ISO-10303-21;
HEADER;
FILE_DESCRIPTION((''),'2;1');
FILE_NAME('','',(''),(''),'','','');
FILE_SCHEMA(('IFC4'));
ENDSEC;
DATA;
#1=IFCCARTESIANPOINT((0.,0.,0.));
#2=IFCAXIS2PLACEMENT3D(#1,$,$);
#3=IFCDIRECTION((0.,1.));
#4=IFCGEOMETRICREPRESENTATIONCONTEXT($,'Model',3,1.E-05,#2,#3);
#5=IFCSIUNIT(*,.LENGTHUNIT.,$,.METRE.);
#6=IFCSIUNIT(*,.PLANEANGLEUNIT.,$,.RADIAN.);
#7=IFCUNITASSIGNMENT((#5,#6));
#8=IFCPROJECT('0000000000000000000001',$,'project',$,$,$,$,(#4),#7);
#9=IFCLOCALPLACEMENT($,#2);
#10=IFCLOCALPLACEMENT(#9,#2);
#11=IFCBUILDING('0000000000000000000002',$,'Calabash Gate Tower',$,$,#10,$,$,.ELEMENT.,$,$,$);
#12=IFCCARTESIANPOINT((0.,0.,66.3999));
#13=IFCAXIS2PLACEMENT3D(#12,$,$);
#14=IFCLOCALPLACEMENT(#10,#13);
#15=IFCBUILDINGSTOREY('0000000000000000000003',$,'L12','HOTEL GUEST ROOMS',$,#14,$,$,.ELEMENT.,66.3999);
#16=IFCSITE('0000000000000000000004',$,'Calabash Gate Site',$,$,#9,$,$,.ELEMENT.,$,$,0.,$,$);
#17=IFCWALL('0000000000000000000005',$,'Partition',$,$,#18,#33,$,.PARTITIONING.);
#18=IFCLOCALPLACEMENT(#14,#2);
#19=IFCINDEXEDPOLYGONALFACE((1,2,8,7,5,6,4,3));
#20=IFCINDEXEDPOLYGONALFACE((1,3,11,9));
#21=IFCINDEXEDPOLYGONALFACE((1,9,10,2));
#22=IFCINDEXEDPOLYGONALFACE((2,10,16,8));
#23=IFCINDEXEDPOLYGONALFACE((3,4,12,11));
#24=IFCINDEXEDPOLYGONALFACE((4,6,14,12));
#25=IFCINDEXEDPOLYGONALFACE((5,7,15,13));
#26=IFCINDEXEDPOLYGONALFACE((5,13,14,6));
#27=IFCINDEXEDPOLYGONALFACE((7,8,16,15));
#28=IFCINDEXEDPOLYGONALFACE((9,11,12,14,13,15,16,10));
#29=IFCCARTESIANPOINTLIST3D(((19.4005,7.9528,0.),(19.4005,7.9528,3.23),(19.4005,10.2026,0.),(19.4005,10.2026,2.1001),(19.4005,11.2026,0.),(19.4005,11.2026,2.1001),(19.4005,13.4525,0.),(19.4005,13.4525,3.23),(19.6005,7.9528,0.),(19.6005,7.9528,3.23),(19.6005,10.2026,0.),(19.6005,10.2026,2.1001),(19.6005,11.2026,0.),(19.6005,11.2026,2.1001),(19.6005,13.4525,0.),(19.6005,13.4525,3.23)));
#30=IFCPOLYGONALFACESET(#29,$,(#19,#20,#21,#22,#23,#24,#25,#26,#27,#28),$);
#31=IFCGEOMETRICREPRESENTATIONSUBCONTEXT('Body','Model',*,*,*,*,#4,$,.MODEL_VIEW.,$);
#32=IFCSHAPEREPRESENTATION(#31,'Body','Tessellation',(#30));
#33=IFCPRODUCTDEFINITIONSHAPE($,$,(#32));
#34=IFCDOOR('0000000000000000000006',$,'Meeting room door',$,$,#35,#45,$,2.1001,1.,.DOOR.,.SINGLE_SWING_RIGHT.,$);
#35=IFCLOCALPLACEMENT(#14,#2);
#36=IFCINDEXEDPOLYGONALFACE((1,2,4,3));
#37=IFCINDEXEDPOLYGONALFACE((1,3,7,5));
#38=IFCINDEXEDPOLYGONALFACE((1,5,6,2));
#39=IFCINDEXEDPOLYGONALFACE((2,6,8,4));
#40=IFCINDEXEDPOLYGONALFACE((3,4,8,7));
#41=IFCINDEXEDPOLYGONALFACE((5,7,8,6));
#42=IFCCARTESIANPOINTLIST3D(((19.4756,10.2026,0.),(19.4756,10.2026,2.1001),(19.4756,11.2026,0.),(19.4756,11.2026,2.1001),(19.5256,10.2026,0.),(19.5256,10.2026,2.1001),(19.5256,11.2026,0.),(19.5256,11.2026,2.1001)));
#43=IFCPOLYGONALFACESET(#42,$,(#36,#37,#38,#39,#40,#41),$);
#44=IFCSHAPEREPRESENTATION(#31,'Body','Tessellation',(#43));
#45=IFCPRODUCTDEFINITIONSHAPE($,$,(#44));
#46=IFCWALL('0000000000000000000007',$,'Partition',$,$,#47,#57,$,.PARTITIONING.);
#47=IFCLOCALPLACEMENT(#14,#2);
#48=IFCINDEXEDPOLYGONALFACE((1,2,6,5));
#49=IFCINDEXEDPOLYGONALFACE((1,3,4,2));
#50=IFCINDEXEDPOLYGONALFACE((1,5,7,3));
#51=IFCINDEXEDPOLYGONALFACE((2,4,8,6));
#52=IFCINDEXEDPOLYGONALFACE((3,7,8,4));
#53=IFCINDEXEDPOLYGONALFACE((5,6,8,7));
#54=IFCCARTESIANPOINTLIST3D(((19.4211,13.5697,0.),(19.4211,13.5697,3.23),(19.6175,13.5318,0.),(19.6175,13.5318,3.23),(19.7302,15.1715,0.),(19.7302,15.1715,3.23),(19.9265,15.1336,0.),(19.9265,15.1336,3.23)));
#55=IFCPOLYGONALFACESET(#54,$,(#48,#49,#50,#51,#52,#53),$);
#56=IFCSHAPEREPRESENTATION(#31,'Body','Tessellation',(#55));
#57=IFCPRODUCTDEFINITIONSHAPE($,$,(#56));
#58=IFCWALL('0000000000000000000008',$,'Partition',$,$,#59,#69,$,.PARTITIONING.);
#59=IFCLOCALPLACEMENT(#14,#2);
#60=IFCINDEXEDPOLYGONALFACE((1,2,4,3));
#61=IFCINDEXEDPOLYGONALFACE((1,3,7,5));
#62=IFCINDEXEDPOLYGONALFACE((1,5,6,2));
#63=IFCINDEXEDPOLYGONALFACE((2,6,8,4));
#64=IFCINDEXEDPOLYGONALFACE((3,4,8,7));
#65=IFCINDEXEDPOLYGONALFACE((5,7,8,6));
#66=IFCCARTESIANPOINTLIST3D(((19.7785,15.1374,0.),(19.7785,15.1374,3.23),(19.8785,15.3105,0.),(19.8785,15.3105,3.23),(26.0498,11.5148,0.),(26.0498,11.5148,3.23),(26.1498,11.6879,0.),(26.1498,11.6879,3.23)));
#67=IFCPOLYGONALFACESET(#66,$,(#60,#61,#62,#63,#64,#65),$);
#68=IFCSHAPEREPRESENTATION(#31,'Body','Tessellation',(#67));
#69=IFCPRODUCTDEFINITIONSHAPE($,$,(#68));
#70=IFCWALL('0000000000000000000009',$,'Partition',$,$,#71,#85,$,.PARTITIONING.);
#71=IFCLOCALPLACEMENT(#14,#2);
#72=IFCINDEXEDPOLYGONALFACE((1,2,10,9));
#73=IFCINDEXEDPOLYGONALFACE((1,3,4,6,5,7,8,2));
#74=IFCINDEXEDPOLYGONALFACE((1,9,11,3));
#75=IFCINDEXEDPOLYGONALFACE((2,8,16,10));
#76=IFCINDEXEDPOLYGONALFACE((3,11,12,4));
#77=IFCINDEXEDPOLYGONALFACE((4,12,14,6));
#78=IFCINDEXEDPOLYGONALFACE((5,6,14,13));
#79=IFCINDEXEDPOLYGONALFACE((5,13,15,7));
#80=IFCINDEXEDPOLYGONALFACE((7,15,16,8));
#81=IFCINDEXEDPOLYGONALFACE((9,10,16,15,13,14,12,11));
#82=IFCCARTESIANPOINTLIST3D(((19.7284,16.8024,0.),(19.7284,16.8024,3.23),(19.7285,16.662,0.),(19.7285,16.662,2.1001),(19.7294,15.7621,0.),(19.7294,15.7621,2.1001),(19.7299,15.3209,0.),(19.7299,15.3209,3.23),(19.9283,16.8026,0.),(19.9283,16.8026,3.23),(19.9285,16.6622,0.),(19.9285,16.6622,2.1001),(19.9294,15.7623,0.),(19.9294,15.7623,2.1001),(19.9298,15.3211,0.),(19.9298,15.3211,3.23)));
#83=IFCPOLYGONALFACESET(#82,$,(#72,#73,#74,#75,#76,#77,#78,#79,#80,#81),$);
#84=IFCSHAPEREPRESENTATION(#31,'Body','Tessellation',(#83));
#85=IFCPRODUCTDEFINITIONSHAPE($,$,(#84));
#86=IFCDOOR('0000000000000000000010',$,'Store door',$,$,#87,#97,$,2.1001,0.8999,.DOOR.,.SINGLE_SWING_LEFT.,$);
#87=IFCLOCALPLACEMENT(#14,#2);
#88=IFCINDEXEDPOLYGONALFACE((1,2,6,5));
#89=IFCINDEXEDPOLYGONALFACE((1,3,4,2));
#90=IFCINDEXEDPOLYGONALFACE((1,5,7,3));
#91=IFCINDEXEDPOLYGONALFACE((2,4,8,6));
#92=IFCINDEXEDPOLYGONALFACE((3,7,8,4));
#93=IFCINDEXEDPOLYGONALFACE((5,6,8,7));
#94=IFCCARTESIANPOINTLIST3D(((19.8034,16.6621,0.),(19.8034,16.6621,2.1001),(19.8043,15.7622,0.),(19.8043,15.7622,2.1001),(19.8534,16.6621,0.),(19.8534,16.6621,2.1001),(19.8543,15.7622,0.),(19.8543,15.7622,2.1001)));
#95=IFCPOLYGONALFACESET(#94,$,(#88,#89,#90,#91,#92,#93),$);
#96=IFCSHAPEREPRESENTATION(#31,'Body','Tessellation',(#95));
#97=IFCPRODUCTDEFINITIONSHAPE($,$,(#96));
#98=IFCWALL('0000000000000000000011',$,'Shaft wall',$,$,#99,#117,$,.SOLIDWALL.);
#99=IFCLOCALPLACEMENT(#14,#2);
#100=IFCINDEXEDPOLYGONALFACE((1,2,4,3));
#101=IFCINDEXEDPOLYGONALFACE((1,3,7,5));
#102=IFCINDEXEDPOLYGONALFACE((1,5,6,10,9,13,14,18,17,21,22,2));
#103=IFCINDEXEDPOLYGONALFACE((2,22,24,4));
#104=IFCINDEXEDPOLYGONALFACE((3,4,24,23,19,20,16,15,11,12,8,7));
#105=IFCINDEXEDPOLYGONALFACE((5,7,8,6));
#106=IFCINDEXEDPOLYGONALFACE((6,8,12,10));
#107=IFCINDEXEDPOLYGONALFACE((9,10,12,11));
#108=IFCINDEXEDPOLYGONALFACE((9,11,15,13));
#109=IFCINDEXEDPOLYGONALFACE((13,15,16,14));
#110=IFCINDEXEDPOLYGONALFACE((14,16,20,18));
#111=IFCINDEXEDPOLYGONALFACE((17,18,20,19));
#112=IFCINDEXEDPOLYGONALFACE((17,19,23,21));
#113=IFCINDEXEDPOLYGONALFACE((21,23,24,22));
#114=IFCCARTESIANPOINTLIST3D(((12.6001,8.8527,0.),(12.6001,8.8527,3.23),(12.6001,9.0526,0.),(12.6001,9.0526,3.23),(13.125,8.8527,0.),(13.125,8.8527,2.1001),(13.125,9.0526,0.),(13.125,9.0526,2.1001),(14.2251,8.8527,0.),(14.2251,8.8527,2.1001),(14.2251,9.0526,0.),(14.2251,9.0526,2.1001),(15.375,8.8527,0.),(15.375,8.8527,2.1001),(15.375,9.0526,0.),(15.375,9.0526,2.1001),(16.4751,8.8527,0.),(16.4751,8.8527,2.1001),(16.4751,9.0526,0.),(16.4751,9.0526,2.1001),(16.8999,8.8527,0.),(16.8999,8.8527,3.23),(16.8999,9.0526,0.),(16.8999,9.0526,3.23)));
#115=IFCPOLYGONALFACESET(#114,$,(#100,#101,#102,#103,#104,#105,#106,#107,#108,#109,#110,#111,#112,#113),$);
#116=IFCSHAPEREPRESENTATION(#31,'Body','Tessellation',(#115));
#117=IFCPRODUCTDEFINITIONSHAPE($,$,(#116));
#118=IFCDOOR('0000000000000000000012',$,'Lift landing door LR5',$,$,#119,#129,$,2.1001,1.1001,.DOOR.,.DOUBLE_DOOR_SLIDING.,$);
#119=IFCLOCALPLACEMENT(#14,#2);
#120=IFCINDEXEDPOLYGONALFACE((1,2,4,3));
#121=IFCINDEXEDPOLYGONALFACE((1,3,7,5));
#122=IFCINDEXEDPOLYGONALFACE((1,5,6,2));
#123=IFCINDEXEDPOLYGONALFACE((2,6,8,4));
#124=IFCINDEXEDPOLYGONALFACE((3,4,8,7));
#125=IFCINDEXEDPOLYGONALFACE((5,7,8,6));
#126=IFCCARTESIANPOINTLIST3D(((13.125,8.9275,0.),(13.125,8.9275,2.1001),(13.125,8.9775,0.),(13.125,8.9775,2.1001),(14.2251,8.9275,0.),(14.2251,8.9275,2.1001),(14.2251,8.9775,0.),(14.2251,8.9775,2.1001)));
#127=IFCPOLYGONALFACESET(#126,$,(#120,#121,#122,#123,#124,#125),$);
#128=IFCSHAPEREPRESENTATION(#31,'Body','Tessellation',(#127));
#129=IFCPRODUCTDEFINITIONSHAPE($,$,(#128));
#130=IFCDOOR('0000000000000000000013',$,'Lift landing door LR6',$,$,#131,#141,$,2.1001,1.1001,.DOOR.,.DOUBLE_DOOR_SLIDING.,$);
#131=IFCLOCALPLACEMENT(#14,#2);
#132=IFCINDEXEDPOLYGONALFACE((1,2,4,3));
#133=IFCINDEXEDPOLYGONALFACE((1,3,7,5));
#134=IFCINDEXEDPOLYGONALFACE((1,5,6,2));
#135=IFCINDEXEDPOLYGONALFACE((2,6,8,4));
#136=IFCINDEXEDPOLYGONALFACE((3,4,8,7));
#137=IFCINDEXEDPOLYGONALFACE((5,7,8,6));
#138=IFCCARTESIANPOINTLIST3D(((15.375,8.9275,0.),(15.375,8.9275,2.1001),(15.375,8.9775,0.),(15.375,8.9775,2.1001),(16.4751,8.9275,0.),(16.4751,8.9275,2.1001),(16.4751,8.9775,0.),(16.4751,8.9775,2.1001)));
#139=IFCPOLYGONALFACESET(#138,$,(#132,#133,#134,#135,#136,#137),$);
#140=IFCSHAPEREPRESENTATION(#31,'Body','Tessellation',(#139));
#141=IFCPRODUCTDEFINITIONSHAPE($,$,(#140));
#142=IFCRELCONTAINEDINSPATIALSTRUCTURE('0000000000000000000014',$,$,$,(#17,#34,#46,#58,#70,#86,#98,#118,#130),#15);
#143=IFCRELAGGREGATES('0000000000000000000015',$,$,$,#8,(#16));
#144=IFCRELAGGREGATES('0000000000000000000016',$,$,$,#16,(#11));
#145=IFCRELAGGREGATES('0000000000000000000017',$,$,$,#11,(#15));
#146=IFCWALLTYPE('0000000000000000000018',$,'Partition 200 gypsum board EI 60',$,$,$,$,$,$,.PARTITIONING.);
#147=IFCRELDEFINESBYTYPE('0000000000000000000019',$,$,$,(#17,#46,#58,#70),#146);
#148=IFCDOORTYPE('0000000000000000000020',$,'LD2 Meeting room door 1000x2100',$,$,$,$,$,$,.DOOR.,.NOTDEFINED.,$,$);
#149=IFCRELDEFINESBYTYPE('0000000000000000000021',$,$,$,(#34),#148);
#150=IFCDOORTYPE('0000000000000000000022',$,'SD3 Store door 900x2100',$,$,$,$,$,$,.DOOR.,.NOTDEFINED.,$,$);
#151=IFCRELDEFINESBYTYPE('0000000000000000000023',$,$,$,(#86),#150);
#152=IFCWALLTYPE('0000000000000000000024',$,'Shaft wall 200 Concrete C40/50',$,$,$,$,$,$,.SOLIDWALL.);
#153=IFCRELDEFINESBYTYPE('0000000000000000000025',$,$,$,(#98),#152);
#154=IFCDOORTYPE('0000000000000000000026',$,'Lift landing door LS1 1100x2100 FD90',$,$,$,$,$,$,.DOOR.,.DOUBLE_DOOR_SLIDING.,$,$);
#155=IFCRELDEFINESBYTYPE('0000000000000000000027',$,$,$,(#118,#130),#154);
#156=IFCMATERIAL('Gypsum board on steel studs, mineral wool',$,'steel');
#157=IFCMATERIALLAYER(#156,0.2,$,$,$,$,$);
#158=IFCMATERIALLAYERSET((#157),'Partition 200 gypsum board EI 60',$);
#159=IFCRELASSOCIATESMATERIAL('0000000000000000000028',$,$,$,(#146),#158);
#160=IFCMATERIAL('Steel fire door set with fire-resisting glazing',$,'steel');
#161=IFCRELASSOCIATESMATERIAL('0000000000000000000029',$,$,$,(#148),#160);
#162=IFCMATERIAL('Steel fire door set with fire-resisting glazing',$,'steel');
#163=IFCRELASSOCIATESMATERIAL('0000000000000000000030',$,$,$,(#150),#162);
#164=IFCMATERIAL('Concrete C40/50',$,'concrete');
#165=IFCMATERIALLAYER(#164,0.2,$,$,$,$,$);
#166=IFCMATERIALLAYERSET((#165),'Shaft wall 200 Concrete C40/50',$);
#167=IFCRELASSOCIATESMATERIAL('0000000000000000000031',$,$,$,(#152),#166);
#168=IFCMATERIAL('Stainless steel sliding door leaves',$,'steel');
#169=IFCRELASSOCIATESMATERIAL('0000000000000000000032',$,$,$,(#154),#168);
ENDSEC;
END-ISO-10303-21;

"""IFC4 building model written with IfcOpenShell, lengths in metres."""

from ifc_helpers import new_model, si_unit, direction, frame, frame_2d, origin, place, context, subcontext, project, spatial, rectangle, extrude, material, layer, layer_set, type_object, element, fill, save


model = new_model("IFC4")

# Units and contexts
model_context = context("Model", 3, precision=1e-05, world=origin(), true_north=direction((0.0, 1.0)))
body_context = subcontext(model_context, "Body", "Model", "MODEL_VIEW")
ifc_project = project(units=[si_unit("LENGTHUNIT", "METRE"), si_unit("PLANEANGLEUNIT", "RADIAN")], contexts=[model_context])

# Site, building, storey
site_placement = place(None, origin())
site = spatial("IfcSite", under=ifc_project, at=site_placement, Name="Calabash Gate Site", CompositionType="ELEMENT", RefElevation=0.0)
building_placement = place(site_placement, origin())
building = spatial("IfcBuilding", under=site, at=building_placement, Name="Calabash Gate Tower", CompositionType="ELEMENT")
storey_placement = place(building_placement, frame((0.0, 0.0, 66.3999)))
storey = spatial("IfcBuildingStorey", under=building, at=storey_placement, Name="L12", Description="HOTEL GUEST ROOMS", CompositionType="ELEMENT", Elevation=66.3999)

# Shared definitions
ifc_material_1 = material(Name="Gypsum board on steel studs, mineral wool", Category="steel")
ifc_layer_1 = layer(ifc_material_1, 0.2)
ifc_layer_set_1 = layer_set([ifc_layer_1], Name="Partition 200 gypsum board EI 60")
wall_type_1 = type_object("IfcWallType", Name="Partition 200 gypsum board EI 60", PredefinedType="PARTITIONING", material=ifc_layer_set_1)

# Wall, opening, door
wall_1_placement = place(storey_placement, frame((19.5005, 7.9526, 0.0), z_axis=(0.0, 0.0, 1.0), x_axis=(0.0, 1.0, 0.0)))
wall_1 = element("IfcWall", 1, at=wall_1_placement, inside=storey, type_object=wall_type_1, Name="Partition", PredefinedType="PARTITIONING", context=body_context, shape_type="SweptSolid", body=[
    extrude(rectangle(XDim=5.4998, YDim=0.2, at=frame_2d((2.75, 0.0))), origin(), (0.0, 0.0, 1.0), 3.23),
])
opening_1_placement = place(wall_1_placement, frame((2.25, 0.0, 0.0)))
opening_1 = element("IfcOpeningElement", 2, at=opening_1_placement, cuts=wall_1, PredefinedType="OPENING", context=body_context, shape_type="SweptSolid", body=[
    extrude(rectangle(XDim=1.0, YDim=2.1001, at=frame_2d((0.5, 1.05))), frame((0.0, 0.1099, 0.0), z_axis=(0.0, -1.0, 0.0), x_axis=(1.0, 0.0, 0.0)), (0.0, 0.0, 1.0), 0.22),
])
ifc_material_2 = material(Name="Steel fire door set with fire-resisting glazing", Category="steel")
door_type_1 = type_object("IfcDoorType", Name="LD2 Meeting room door 1000x2100", OperationType="NOTDEFINED", PredefinedType="DOOR", material=ifc_material_2)
door_1_placement = place(opening_1_placement, origin())
door_1 = element("IfcDoor", 3, at=door_1_placement, inside=storey, type_object=door_type_1, Name="Meeting room door", OperationType="SINGLE_SWING_RIGHT", OverallHeight=2.1001, OverallWidth=1.0, PredefinedType="DOOR", context=body_context, shape_type="SweptSolid", body=[
    extrude(rectangle(XDim=1.0, YDim=2.1001, at=frame_2d((0.5, 1.05))), frame((0.0, 0.0249, 0.0), z_axis=(0.0, -1.0, 0.0), x_axis=(1.0, 0.0, 0.0)), (0.0, 0.0, 1.0), 0.05),
])
fill(opening_1, door_1)

# Walls
wall_2_placement = place(storey_placement, frame((19.5193, 13.5508, 0.0), z_axis=(0.0, 0.0, 1.0), x_axis=(0.189463, 0.981888, 0.0)))
element("IfcWall", 4, at=wall_2_placement, inside=storey, type_object=wall_type_1, Name="Partition", PredefinedType="PARTITIONING", context=body_context, shape_type="SweptSolid", body=[
    extrude(rectangle(XDim=1.6313, YDim=0.2, at=frame_2d((0.8157, 0.0))), origin(), (0.0, 0.0, 1.0), 3.23),
])
wall_3_placement = place(storey_placement, frame((19.8286, 15.2239, 0.0), z_axis=(0.0, 0.0, 1.0), x_axis=(0.865914, -0.500192, 0.0)))
element("IfcWall", 5, at=wall_3_placement, inside=storey, type_object=wall_type_1, Name="Partition", PredefinedType="PARTITIONING", context=body_context, shape_type="SweptSolid", body=[
    extrude(rectangle(XDim=7.2424, YDim=0.2, at=frame_2d((3.6211, 0.0))), origin(), (0.0, 0.0, 1.0), 3.23),
])

# Wall, opening, door
wall_4_placement = place(storey_placement, frame((19.8284, 16.8025, 0.0), z_axis=(0.0, 0.0, 1.0), x_axis=(0.000989, -1.0, 0.0)))
wall_4 = element("IfcWall", 6, at=wall_4_placement, inside=storey, type_object=wall_type_1, Name="Partition", PredefinedType="PARTITIONING", context=body_context, shape_type="SweptSolid", body=[
    extrude(rectangle(XDim=1.4814, YDim=0.2, at=frame_2d((0.7407, 0.0))), origin(), (0.0, 0.0, 1.0), 3.23),
])
opening_2_placement = place(wall_4_placement, frame((0.1404, 0.0, 0.0)))
opening_2 = element("IfcOpeningElement", 7, at=opening_2_placement, cuts=wall_4, PredefinedType="OPENING", context=body_context, shape_type="SweptSolid", body=[
    extrude(rectangle(XDim=0.8999, YDim=2.1001, at=frame_2d((0.45, 1.05))), frame((0.0, 0.1099, 0.0), z_axis=(0.0, -1.0, 0.0), x_axis=(1.0, 0.0, 0.0)), (0.0, 0.0, 1.0), 0.22),
])
ifc_material_3 = material(Name="Steel fire door set with fire-resisting glazing", Category="steel")
door_type_2 = type_object("IfcDoorType", Name="SD3 Store door 900x2100", OperationType="NOTDEFINED", PredefinedType="DOOR", material=ifc_material_3)
door_2_placement = place(opening_2_placement, origin())
door_2 = element("IfcDoor", 8, at=door_2_placement, inside=storey, type_object=door_type_2, Name="Store door", OperationType="SINGLE_SWING_LEFT", OverallHeight=2.1001, OverallWidth=0.8999, PredefinedType="DOOR", context=body_context, shape_type="SweptSolid", body=[
    extrude(rectangle(XDim=0.8999, YDim=2.1001, at=frame_2d((0.45, 1.05))), frame((0.0, 0.0249, 0.0), z_axis=(0.0, -1.0, 0.0), x_axis=(1.0, 0.0, 0.0)), (0.0, 0.0, 1.0), 0.05),
])
fill(opening_2, door_2)

# Wall, openings, doors
ifc_material_4 = material(Name="Concrete C40/50", Category="concrete")
ifc_layer_2 = layer(ifc_material_4, 0.2)
ifc_layer_set_2 = layer_set([ifc_layer_2], Name="Shaft wall 200 Concrete C40/50")
wall_type_2 = type_object("IfcWallType", Name="Shaft wall 200 Concrete C40/50", PredefinedType="SOLIDWALL", material=ifc_layer_set_2)
wall_5_placement = place(storey_placement, frame((12.6001, 8.9526, 0.0), z_axis=(0.0, 0.0, 1.0), x_axis=(1.0, 0.0, 0.0)))
wall_5 = element("IfcWall", 9, at=wall_5_placement, inside=storey, type_object=wall_type_2, Name="Shaft wall", PredefinedType="SOLIDWALL", context=body_context, shape_type="SweptSolid", body=[
    extrude(rectangle(XDim=4.2998, YDim=0.2, at=frame_2d((2.1499, 0.0))), origin(), (0.0, 0.0, 1.0), 3.23),
])
opening_3_placement = place(wall_5_placement, frame((0.5249, 0.0, 0.0)))
opening_3 = element("IfcOpeningElement", 10, at=opening_3_placement, cuts=wall_5, PredefinedType="OPENING", context=body_context, shape_type="SweptSolid", body=[
    extrude(rectangle(XDim=1.1001, YDim=2.1001, at=frame_2d((0.55, 1.05))), frame((0.0, 0.1099, 0.0), z_axis=(0.0, -1.0, 0.0), x_axis=(1.0, 0.0, 0.0)), (0.0, 0.0, 1.0), 0.22),
])
opening_4_placement = place(wall_5_placement, frame((2.7749, 0.0, 0.0)))
opening_4 = element("IfcOpeningElement", 11, at=opening_4_placement, cuts=wall_5, PredefinedType="OPENING", context=body_context, shape_type="SweptSolid", body=[
    extrude(rectangle(XDim=1.1001, YDim=2.1001, at=frame_2d((0.55, 1.05))), frame((0.0, 0.1099, 0.0), z_axis=(0.0, -1.0, 0.0), x_axis=(1.0, 0.0, 0.0)), (0.0, 0.0, 1.0), 0.22),
])
ifc_material_5 = material(Name="Stainless steel sliding door leaves", Category="steel")
door_type_3 = type_object("IfcDoorType", Name="Lift landing door LS1 1100x2100 FD90", OperationType="DOUBLE_DOOR_SLIDING", PredefinedType="DOOR", material=ifc_material_5)
door_3_placement = place(opening_3_placement, origin())
door_3 = element("IfcDoor", 12, at=door_3_placement, inside=storey, type_object=door_type_3, Name="Lift landing door LR5", OperationType="DOUBLE_DOOR_SLIDING", OverallHeight=2.1001, OverallWidth=1.1001, PredefinedType="DOOR", context=body_context, shape_type="SweptSolid", body=[
    extrude(rectangle(XDim=1.1001, YDim=2.1001, at=frame_2d((0.55, 1.05))), frame((0.0, 0.0249, 0.0), z_axis=(0.0, -1.0, 0.0), x_axis=(1.0, 0.0, 0.0)), (0.0, 0.0, 1.0), 0.05),
])
fill(opening_3, door_3)
door_4_placement = place(opening_4_placement, origin())
door_4 = element("IfcDoor", 13, at=door_4_placement, inside=storey, type_object=door_type_3, Name="Lift landing door LR6", OperationType="DOUBLE_DOOR_SLIDING", OverallHeight=2.1001, OverallWidth=1.1001, PredefinedType="DOOR", context=body_context, shape_type="SweptSolid", body=[
    extrude(rectangle(XDim=1.1001, YDim=2.1001, at=frame_2d((0.55, 1.05))), frame((0.0, 0.0249, 0.0), z_axis=(0.0, -1.0, 0.0), x_axis=(1.0, 0.0, 0.0)), (0.0, 0.0, 1.0), 0.05),
])
fill(opening_4, door_4)

save(model, "model.ifc")
